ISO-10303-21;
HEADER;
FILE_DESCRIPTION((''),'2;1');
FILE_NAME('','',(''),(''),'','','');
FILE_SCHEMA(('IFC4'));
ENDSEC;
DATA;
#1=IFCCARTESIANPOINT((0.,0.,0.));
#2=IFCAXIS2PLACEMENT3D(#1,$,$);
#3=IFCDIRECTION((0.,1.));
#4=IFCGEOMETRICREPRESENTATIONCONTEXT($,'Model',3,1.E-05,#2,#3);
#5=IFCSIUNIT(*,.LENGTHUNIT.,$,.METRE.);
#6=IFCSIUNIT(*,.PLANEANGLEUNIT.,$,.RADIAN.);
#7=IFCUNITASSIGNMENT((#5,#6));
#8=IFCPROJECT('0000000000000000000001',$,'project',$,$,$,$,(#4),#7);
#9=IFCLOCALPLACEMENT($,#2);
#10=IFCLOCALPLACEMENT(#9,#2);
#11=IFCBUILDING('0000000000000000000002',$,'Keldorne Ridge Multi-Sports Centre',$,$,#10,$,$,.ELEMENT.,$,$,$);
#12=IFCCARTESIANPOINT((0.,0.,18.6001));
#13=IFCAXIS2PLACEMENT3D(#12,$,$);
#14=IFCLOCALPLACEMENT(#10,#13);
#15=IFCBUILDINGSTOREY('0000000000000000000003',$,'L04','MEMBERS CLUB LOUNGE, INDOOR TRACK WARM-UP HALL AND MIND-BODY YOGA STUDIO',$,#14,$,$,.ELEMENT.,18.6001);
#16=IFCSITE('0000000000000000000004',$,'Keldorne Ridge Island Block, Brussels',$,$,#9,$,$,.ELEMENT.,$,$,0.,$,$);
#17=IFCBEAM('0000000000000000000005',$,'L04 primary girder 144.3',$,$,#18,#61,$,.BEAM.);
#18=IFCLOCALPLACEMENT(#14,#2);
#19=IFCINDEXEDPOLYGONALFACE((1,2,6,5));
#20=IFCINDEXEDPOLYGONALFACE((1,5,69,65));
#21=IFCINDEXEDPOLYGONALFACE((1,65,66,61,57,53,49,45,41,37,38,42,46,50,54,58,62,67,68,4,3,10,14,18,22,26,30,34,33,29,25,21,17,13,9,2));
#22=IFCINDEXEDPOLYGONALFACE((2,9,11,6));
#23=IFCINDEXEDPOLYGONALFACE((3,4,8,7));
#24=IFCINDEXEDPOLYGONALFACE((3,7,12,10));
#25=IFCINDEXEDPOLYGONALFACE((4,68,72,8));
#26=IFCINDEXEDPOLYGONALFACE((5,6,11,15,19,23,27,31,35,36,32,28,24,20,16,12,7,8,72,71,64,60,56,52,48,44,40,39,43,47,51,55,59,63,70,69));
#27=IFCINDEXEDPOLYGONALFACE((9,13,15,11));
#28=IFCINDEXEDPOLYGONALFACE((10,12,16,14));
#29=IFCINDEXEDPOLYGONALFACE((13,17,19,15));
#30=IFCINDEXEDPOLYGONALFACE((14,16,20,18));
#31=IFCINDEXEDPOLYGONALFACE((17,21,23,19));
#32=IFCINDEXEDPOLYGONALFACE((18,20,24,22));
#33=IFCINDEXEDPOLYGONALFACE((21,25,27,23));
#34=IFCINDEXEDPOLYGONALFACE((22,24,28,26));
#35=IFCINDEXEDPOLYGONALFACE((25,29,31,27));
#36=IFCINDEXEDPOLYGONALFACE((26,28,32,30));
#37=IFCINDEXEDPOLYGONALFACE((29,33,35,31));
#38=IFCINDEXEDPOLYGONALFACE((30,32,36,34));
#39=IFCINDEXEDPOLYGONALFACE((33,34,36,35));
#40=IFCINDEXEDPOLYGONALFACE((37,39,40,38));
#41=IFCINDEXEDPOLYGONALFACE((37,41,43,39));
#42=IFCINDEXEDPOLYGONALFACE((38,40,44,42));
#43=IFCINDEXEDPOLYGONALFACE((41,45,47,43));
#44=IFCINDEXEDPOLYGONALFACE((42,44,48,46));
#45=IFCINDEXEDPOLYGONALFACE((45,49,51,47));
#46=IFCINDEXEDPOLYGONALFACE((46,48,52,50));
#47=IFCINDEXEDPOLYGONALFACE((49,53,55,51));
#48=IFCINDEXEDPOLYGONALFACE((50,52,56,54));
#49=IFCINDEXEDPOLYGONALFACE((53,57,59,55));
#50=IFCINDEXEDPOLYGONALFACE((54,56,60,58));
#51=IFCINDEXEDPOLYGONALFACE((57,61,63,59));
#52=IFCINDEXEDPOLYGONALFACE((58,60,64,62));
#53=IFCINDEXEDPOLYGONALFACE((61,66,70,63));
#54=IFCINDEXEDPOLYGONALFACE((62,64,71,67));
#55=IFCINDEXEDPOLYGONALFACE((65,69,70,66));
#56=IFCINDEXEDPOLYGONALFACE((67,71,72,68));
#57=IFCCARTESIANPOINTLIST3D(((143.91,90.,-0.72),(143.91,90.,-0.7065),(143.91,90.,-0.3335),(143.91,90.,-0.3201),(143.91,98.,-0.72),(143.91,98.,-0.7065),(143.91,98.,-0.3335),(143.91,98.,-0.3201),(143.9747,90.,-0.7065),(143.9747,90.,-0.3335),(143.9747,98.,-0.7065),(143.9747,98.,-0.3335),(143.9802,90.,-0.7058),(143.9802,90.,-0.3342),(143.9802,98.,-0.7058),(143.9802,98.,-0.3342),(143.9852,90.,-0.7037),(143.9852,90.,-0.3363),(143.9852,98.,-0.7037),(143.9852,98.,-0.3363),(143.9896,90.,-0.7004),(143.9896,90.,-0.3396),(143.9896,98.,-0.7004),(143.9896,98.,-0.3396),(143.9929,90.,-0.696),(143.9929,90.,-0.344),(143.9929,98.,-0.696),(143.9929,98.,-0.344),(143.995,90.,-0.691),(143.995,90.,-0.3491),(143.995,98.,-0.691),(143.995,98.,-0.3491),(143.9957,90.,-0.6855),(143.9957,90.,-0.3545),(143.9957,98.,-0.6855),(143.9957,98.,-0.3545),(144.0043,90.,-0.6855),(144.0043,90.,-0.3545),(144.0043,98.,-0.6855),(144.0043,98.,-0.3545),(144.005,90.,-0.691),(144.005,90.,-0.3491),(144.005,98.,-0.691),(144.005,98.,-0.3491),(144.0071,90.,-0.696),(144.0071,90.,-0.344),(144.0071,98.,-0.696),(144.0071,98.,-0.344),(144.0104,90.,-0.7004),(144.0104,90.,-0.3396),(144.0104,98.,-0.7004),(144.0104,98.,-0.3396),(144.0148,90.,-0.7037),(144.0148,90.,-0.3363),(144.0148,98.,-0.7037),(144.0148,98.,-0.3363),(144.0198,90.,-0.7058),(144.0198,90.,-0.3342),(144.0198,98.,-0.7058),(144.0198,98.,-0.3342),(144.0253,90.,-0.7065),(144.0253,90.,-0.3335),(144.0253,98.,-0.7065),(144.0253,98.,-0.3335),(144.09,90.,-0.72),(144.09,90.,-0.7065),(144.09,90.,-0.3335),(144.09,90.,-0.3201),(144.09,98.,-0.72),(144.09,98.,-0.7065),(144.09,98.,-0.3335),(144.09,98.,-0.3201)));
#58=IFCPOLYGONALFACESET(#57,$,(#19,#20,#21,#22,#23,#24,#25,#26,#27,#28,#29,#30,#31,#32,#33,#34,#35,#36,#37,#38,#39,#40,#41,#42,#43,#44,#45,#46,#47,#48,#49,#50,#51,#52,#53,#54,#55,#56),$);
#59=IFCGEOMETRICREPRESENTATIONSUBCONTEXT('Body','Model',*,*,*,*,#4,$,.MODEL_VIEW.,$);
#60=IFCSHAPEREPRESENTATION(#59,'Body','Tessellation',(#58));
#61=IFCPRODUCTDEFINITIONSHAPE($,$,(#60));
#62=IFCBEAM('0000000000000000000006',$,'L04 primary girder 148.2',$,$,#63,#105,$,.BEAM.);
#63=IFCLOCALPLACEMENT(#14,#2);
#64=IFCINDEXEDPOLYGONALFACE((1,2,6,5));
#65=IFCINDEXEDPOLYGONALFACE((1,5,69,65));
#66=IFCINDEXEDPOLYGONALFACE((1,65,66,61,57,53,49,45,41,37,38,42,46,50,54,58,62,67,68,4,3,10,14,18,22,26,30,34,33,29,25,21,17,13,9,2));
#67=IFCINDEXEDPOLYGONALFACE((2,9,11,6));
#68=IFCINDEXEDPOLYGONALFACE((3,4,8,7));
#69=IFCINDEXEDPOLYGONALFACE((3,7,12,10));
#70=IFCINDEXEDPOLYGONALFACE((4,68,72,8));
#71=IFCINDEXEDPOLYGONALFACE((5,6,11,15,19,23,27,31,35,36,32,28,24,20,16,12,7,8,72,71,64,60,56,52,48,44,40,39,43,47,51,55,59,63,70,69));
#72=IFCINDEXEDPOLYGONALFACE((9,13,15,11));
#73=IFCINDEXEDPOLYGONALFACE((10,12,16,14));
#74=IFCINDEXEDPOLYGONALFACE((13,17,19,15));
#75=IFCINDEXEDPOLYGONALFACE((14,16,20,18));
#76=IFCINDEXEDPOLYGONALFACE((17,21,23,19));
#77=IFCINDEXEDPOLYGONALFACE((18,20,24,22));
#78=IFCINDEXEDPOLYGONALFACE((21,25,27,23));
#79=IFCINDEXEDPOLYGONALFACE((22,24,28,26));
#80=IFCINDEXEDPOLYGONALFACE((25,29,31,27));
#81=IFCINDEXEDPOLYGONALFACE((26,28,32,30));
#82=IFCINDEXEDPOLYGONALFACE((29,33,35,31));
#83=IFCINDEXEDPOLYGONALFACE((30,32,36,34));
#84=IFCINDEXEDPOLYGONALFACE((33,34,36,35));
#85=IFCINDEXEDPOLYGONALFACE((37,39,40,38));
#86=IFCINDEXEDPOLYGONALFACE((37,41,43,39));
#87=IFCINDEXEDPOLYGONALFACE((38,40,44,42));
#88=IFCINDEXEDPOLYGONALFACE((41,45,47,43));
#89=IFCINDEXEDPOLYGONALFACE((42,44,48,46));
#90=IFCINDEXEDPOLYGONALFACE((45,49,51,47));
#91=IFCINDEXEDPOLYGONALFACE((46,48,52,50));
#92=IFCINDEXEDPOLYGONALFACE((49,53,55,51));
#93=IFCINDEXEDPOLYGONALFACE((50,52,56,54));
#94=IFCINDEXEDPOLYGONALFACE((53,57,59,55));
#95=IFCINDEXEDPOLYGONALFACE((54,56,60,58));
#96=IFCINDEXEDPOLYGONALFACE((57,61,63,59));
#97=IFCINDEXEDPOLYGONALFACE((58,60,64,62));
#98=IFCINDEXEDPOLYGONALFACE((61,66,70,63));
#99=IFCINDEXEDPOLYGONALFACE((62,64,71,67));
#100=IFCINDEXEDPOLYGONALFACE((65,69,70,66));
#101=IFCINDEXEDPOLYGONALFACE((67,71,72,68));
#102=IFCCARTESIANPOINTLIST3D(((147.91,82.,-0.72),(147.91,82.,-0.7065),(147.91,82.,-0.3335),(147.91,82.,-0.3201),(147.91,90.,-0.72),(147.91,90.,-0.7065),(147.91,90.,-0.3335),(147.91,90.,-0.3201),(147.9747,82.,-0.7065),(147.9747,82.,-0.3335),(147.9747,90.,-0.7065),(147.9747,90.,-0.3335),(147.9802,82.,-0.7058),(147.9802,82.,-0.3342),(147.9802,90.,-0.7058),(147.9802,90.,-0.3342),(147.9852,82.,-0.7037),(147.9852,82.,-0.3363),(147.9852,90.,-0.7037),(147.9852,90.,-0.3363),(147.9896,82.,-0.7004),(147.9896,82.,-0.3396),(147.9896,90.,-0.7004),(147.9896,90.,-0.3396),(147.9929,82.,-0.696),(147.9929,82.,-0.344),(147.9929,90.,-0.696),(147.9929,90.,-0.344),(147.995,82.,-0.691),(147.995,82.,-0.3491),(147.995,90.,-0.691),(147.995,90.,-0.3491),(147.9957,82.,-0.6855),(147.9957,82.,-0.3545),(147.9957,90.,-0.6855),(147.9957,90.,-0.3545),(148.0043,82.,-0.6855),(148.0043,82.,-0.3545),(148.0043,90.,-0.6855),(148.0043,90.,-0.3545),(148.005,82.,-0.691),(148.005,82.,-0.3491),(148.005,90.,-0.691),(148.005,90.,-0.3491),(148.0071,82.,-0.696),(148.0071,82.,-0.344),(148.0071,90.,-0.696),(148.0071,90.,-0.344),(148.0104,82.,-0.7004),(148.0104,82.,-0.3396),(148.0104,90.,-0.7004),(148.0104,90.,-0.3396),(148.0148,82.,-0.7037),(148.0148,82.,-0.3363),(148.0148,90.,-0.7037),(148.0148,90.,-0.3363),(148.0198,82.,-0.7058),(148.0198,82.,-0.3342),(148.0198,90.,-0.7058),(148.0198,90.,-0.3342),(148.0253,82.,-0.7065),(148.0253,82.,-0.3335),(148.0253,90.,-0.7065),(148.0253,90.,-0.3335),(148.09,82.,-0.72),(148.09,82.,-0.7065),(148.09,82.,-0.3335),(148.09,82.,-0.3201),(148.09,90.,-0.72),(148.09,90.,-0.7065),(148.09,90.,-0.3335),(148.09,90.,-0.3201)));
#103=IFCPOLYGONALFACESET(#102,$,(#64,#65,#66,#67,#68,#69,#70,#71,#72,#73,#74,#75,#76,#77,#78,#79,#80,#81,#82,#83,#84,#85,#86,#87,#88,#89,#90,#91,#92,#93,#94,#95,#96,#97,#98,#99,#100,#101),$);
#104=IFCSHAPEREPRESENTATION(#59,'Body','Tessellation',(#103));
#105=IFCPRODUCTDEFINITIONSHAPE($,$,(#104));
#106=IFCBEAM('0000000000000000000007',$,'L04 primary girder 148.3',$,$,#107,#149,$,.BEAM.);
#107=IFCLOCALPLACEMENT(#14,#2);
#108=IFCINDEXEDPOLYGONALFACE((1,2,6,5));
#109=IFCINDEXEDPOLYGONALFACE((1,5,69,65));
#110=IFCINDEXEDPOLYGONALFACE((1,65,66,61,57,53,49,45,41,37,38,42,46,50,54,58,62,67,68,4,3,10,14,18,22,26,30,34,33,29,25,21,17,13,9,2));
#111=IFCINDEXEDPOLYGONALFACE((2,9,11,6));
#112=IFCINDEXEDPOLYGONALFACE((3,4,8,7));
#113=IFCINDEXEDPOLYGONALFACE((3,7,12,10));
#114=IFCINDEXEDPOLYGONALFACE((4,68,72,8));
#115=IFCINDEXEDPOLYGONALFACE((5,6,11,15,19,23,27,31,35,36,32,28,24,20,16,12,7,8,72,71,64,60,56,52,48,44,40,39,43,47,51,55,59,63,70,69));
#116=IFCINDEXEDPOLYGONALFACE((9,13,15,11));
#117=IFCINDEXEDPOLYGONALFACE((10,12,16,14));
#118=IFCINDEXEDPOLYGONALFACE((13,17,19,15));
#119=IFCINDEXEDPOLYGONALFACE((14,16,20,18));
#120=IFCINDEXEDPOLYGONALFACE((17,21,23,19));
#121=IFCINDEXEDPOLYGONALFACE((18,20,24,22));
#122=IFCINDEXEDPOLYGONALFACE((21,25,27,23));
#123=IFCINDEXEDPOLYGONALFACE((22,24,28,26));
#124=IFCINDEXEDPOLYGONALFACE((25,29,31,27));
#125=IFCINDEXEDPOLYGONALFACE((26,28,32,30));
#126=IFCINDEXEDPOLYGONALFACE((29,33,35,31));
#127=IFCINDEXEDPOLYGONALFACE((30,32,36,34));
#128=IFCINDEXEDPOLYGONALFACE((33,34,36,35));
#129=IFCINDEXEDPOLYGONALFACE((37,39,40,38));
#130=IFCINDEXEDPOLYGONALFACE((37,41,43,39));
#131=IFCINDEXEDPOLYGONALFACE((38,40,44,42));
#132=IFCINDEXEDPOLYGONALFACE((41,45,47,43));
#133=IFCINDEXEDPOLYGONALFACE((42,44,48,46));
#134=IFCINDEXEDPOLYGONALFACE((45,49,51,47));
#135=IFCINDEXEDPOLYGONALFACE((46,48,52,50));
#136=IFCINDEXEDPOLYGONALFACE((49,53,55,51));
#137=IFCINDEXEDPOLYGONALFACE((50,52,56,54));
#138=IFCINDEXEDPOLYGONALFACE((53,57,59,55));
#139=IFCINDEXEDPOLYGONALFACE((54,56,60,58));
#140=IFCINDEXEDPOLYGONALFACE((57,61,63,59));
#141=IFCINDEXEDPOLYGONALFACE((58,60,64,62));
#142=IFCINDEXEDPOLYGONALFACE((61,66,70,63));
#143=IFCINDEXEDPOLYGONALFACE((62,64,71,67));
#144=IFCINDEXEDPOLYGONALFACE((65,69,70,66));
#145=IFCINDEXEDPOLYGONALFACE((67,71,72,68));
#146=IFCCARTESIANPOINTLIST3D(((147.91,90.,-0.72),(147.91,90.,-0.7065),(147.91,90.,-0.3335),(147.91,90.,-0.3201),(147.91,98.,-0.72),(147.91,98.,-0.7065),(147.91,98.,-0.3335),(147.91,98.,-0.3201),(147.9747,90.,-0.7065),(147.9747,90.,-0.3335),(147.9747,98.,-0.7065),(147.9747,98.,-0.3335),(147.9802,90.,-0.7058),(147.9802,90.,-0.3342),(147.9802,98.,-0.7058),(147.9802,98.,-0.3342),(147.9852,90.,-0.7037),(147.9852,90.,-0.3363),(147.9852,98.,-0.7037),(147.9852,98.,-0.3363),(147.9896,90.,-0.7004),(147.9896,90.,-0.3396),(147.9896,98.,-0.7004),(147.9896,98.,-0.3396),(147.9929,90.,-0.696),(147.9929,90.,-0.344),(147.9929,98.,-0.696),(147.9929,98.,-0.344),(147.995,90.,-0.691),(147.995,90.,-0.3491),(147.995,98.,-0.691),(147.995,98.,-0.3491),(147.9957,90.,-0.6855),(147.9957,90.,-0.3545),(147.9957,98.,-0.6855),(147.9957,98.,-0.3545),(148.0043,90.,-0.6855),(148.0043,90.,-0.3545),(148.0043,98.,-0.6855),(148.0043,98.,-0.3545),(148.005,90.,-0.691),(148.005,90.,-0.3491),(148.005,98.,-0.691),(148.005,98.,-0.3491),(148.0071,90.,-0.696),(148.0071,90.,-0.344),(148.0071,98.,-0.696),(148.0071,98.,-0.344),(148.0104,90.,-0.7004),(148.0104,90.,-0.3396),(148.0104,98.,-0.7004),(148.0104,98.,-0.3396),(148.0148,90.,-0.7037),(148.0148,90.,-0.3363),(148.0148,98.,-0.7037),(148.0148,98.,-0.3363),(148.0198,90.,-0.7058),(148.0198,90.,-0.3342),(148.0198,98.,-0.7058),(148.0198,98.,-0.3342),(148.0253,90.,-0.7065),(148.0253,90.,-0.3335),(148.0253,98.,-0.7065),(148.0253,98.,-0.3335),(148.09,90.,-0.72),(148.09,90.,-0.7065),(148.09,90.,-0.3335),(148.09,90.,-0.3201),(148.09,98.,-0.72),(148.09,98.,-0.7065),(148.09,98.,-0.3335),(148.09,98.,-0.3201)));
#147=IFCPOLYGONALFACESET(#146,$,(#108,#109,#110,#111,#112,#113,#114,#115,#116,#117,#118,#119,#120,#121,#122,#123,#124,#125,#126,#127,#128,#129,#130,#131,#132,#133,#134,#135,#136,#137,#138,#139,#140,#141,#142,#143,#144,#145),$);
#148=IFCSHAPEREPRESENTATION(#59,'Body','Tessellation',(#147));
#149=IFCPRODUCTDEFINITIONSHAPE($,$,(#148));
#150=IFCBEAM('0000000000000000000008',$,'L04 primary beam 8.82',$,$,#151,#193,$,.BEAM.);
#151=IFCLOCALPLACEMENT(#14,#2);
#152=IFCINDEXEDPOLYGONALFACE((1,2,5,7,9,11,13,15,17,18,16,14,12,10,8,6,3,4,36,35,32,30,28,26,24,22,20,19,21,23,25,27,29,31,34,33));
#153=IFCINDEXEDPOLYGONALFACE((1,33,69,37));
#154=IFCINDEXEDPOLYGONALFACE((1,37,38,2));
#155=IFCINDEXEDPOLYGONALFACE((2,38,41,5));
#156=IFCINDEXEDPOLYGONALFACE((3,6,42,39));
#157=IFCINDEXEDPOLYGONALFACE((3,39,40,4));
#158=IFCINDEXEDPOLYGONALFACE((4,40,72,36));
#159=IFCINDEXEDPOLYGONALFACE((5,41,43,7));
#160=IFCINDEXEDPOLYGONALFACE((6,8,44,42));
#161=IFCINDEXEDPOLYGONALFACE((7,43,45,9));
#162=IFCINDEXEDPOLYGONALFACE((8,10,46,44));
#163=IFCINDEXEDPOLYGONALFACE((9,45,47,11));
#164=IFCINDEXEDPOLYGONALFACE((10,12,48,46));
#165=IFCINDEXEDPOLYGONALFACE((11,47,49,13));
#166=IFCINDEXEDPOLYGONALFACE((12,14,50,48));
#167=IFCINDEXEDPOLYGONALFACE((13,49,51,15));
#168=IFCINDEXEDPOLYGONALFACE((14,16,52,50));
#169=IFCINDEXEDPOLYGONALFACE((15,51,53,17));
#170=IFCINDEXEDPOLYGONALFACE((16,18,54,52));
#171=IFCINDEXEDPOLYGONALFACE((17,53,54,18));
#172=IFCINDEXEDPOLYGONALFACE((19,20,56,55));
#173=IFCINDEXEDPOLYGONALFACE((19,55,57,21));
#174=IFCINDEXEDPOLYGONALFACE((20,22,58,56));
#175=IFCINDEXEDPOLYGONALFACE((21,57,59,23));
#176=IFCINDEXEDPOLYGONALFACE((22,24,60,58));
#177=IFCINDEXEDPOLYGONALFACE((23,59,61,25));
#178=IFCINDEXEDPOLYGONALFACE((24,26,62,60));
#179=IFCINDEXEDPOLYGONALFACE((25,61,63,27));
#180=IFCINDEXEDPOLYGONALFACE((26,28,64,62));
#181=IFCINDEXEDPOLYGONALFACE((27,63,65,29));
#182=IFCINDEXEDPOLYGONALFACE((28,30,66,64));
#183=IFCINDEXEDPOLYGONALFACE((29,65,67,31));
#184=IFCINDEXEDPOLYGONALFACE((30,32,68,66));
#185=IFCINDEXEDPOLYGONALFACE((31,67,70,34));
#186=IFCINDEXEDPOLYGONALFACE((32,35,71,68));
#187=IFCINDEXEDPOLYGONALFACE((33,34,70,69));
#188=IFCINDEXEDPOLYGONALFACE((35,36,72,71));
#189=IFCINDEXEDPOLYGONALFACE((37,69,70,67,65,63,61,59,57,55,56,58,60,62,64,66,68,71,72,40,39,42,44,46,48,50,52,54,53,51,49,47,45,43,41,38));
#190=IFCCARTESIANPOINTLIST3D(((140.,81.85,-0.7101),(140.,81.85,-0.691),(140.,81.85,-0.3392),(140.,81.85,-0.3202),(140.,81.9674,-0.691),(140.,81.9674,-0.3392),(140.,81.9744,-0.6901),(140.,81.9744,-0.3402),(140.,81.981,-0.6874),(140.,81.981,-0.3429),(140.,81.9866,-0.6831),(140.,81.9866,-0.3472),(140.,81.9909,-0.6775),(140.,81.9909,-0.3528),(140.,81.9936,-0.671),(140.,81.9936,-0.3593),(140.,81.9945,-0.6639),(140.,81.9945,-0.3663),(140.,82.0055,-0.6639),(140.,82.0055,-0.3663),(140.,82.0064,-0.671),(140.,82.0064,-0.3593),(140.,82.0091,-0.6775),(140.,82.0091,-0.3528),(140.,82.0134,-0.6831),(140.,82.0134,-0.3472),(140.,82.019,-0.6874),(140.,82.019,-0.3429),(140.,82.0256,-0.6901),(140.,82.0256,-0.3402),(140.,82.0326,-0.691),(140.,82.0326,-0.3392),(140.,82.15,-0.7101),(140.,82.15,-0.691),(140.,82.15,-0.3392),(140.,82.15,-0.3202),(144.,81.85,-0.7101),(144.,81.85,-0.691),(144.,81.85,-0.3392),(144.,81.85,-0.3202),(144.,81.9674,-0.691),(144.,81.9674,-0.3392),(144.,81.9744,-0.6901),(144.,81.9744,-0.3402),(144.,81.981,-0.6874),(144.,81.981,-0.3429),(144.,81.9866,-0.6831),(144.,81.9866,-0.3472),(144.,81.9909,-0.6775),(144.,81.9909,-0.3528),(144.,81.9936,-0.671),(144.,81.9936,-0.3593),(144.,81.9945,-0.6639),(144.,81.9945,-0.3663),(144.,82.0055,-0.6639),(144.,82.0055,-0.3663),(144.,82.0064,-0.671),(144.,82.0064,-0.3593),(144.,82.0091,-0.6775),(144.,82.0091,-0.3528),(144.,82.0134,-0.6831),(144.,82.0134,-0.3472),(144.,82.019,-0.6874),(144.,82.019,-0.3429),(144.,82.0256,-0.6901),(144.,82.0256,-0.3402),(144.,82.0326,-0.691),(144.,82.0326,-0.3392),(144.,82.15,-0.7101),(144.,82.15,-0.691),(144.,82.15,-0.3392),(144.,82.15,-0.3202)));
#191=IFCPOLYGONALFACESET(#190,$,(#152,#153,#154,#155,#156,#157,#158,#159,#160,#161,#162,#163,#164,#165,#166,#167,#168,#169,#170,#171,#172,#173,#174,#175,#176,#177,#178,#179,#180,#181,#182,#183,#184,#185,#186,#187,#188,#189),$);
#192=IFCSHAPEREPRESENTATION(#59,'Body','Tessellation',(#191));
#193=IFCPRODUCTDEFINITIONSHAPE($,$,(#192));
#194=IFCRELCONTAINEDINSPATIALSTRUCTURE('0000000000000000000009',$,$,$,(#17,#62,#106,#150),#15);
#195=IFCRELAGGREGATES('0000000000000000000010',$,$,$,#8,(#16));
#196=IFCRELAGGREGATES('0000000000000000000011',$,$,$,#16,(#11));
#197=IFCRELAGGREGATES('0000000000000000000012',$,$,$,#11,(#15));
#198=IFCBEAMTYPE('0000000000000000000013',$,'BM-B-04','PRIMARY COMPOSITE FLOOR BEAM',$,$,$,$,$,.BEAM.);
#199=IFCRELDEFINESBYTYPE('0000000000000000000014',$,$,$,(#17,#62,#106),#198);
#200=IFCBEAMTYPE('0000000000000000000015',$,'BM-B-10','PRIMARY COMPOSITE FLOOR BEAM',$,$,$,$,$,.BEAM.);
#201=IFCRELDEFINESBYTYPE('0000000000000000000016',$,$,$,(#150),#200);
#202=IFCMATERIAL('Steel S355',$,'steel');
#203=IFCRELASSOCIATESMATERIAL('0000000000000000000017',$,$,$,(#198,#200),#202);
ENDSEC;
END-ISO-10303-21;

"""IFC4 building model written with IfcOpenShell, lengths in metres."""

from ifc_helpers import new_model, si_unit, direction, frame, origin, origin_2d, place, context, subcontext, project, spatial, i_section, extrude, material, material_profile, profile_set, type_object, element, save


model = new_model("IFC4")

# Units and contexts
model_context = context("Model", 3, precision=1e-05, world=origin(), true_north=direction((0.0, 1.0)))
body_context = subcontext(model_context, "Body", "Model", "MODEL_VIEW")
ifc_project = project(units=[si_unit("LENGTHUNIT", "METRE"), si_unit("PLANEANGLEUNIT", "RADIAN")], contexts=[model_context])

# Site, building, storey
site_placement = place(None, origin())
site = spatial("IfcSite", under=ifc_project, at=site_placement, Name="Keldorne Ridge Island Block, Brussels", CompositionType="ELEMENT", RefElevation=0.0)
building_placement = place(site_placement, origin())
building = spatial("IfcBuilding", under=site, at=building_placement, Name="Keldorne Ridge Multi-Sports Centre", CompositionType="ELEMENT")
storey_placement = place(building_placement, frame((0.0, 0.0, 18.6001)))
storey = spatial("IfcBuildingStorey", under=building, at=storey_placement, Name="L04", Description="MEMBERS CLUB LOUNGE, INDOOR TRACK WARM-UP HALL AND MIND-BODY YOGA STUDIO", CompositionType="ELEMENT", Elevation=18.6001)

# Beams
ifc_material = material(Name="Steel S355", Category="steel")
ifc_material_profile_1 = material_profile(ifc_material, i_section(OverallWidth=0.1799, OverallDepth=0.3999, WebThickness=0.0085, FlangeThickness=0.0134, FilletRadius=0.021, at=origin_2d()), Name="IPE 400")
ifc_profile_set_1 = profile_set([ifc_material_profile_1], Name="Steel S355")
beam_type_1 = type_object("IfcBeamType", Name="BM-B-04", Description="PRIMARY COMPOSITE FLOOR BEAM", PredefinedType="BEAM", material=ifc_profile_set_1)
for number, where, z_axis, x_axis, name in (
    (1, (144.0, 90.0, -0.52), (0.0, 1.0, 0.0), (-1.0, 0.0, 0.0), "L04 primary girder 144.3"),
    (2, (148.0, 82.0, -0.52), (0.0, 1.0, 0.0), (-1.0, 0.0, 0.0), "L04 primary girder 148.2"),
    (3, (148.0, 90.0, -0.52), (0.0, 1.0, 0.0), (-1.0, 0.0, 0.0), "L04 primary girder 148.3"),
):
    element("IfcBeam", number, at=place(storey_placement, frame(where, z_axis=z_axis, x_axis=x_axis)), inside=storey, type_object=beam_type_1, Name=name, PredefinedType="BEAM", context=body_context, shape_type="SweptSolid", body=[
        extrude(i_section(OverallWidth=0.1799, OverallDepth=0.3999, WebThickness=0.0085, FlangeThickness=0.0134, FilletRadius=0.021, at=origin_2d()), origin(), (0.0, 0.0, 1.0), 8.0),
    ])
ifc_material_profile_2 = material_profile(ifc_material, i_section(OverallWidth=0.3, OverallDepth=0.3899, WebThickness=0.011, FlangeThickness=0.019, FilletRadius=0.0271, at=origin_2d()), Name="HEA 400")
ifc_profile_set_2 = profile_set([ifc_material_profile_2], Name="Steel S355")
beam_type_2 = type_object("IfcBeamType", Name="BM-B-10", Description="PRIMARY COMPOSITE FLOOR BEAM", PredefinedType="BEAM", material=ifc_profile_set_2)
for number, where, z_axis, x_axis, name in (
    (4, (140.0, 82.0, -0.5151), (1.0, 0.0, 0.0), (0.0, 1.0, 0.0), "L04 primary beam 8.82"),
):
    element("IfcBeam", number, at=place(storey_placement, frame(where, z_axis=z_axis, x_axis=x_axis)), inside=storey, type_object=beam_type_2, Name=name, PredefinedType="BEAM", context=body_context, shape_type="SweptSolid", body=[
        extrude(i_section(OverallWidth=0.3, OverallDepth=0.3899, WebThickness=0.011, FlangeThickness=0.019, FilletRadius=0.0271, at=origin_2d()), origin(), (0.0, 0.0, 1.0), 4.0),
    ])

save(model, "model.ifc")
